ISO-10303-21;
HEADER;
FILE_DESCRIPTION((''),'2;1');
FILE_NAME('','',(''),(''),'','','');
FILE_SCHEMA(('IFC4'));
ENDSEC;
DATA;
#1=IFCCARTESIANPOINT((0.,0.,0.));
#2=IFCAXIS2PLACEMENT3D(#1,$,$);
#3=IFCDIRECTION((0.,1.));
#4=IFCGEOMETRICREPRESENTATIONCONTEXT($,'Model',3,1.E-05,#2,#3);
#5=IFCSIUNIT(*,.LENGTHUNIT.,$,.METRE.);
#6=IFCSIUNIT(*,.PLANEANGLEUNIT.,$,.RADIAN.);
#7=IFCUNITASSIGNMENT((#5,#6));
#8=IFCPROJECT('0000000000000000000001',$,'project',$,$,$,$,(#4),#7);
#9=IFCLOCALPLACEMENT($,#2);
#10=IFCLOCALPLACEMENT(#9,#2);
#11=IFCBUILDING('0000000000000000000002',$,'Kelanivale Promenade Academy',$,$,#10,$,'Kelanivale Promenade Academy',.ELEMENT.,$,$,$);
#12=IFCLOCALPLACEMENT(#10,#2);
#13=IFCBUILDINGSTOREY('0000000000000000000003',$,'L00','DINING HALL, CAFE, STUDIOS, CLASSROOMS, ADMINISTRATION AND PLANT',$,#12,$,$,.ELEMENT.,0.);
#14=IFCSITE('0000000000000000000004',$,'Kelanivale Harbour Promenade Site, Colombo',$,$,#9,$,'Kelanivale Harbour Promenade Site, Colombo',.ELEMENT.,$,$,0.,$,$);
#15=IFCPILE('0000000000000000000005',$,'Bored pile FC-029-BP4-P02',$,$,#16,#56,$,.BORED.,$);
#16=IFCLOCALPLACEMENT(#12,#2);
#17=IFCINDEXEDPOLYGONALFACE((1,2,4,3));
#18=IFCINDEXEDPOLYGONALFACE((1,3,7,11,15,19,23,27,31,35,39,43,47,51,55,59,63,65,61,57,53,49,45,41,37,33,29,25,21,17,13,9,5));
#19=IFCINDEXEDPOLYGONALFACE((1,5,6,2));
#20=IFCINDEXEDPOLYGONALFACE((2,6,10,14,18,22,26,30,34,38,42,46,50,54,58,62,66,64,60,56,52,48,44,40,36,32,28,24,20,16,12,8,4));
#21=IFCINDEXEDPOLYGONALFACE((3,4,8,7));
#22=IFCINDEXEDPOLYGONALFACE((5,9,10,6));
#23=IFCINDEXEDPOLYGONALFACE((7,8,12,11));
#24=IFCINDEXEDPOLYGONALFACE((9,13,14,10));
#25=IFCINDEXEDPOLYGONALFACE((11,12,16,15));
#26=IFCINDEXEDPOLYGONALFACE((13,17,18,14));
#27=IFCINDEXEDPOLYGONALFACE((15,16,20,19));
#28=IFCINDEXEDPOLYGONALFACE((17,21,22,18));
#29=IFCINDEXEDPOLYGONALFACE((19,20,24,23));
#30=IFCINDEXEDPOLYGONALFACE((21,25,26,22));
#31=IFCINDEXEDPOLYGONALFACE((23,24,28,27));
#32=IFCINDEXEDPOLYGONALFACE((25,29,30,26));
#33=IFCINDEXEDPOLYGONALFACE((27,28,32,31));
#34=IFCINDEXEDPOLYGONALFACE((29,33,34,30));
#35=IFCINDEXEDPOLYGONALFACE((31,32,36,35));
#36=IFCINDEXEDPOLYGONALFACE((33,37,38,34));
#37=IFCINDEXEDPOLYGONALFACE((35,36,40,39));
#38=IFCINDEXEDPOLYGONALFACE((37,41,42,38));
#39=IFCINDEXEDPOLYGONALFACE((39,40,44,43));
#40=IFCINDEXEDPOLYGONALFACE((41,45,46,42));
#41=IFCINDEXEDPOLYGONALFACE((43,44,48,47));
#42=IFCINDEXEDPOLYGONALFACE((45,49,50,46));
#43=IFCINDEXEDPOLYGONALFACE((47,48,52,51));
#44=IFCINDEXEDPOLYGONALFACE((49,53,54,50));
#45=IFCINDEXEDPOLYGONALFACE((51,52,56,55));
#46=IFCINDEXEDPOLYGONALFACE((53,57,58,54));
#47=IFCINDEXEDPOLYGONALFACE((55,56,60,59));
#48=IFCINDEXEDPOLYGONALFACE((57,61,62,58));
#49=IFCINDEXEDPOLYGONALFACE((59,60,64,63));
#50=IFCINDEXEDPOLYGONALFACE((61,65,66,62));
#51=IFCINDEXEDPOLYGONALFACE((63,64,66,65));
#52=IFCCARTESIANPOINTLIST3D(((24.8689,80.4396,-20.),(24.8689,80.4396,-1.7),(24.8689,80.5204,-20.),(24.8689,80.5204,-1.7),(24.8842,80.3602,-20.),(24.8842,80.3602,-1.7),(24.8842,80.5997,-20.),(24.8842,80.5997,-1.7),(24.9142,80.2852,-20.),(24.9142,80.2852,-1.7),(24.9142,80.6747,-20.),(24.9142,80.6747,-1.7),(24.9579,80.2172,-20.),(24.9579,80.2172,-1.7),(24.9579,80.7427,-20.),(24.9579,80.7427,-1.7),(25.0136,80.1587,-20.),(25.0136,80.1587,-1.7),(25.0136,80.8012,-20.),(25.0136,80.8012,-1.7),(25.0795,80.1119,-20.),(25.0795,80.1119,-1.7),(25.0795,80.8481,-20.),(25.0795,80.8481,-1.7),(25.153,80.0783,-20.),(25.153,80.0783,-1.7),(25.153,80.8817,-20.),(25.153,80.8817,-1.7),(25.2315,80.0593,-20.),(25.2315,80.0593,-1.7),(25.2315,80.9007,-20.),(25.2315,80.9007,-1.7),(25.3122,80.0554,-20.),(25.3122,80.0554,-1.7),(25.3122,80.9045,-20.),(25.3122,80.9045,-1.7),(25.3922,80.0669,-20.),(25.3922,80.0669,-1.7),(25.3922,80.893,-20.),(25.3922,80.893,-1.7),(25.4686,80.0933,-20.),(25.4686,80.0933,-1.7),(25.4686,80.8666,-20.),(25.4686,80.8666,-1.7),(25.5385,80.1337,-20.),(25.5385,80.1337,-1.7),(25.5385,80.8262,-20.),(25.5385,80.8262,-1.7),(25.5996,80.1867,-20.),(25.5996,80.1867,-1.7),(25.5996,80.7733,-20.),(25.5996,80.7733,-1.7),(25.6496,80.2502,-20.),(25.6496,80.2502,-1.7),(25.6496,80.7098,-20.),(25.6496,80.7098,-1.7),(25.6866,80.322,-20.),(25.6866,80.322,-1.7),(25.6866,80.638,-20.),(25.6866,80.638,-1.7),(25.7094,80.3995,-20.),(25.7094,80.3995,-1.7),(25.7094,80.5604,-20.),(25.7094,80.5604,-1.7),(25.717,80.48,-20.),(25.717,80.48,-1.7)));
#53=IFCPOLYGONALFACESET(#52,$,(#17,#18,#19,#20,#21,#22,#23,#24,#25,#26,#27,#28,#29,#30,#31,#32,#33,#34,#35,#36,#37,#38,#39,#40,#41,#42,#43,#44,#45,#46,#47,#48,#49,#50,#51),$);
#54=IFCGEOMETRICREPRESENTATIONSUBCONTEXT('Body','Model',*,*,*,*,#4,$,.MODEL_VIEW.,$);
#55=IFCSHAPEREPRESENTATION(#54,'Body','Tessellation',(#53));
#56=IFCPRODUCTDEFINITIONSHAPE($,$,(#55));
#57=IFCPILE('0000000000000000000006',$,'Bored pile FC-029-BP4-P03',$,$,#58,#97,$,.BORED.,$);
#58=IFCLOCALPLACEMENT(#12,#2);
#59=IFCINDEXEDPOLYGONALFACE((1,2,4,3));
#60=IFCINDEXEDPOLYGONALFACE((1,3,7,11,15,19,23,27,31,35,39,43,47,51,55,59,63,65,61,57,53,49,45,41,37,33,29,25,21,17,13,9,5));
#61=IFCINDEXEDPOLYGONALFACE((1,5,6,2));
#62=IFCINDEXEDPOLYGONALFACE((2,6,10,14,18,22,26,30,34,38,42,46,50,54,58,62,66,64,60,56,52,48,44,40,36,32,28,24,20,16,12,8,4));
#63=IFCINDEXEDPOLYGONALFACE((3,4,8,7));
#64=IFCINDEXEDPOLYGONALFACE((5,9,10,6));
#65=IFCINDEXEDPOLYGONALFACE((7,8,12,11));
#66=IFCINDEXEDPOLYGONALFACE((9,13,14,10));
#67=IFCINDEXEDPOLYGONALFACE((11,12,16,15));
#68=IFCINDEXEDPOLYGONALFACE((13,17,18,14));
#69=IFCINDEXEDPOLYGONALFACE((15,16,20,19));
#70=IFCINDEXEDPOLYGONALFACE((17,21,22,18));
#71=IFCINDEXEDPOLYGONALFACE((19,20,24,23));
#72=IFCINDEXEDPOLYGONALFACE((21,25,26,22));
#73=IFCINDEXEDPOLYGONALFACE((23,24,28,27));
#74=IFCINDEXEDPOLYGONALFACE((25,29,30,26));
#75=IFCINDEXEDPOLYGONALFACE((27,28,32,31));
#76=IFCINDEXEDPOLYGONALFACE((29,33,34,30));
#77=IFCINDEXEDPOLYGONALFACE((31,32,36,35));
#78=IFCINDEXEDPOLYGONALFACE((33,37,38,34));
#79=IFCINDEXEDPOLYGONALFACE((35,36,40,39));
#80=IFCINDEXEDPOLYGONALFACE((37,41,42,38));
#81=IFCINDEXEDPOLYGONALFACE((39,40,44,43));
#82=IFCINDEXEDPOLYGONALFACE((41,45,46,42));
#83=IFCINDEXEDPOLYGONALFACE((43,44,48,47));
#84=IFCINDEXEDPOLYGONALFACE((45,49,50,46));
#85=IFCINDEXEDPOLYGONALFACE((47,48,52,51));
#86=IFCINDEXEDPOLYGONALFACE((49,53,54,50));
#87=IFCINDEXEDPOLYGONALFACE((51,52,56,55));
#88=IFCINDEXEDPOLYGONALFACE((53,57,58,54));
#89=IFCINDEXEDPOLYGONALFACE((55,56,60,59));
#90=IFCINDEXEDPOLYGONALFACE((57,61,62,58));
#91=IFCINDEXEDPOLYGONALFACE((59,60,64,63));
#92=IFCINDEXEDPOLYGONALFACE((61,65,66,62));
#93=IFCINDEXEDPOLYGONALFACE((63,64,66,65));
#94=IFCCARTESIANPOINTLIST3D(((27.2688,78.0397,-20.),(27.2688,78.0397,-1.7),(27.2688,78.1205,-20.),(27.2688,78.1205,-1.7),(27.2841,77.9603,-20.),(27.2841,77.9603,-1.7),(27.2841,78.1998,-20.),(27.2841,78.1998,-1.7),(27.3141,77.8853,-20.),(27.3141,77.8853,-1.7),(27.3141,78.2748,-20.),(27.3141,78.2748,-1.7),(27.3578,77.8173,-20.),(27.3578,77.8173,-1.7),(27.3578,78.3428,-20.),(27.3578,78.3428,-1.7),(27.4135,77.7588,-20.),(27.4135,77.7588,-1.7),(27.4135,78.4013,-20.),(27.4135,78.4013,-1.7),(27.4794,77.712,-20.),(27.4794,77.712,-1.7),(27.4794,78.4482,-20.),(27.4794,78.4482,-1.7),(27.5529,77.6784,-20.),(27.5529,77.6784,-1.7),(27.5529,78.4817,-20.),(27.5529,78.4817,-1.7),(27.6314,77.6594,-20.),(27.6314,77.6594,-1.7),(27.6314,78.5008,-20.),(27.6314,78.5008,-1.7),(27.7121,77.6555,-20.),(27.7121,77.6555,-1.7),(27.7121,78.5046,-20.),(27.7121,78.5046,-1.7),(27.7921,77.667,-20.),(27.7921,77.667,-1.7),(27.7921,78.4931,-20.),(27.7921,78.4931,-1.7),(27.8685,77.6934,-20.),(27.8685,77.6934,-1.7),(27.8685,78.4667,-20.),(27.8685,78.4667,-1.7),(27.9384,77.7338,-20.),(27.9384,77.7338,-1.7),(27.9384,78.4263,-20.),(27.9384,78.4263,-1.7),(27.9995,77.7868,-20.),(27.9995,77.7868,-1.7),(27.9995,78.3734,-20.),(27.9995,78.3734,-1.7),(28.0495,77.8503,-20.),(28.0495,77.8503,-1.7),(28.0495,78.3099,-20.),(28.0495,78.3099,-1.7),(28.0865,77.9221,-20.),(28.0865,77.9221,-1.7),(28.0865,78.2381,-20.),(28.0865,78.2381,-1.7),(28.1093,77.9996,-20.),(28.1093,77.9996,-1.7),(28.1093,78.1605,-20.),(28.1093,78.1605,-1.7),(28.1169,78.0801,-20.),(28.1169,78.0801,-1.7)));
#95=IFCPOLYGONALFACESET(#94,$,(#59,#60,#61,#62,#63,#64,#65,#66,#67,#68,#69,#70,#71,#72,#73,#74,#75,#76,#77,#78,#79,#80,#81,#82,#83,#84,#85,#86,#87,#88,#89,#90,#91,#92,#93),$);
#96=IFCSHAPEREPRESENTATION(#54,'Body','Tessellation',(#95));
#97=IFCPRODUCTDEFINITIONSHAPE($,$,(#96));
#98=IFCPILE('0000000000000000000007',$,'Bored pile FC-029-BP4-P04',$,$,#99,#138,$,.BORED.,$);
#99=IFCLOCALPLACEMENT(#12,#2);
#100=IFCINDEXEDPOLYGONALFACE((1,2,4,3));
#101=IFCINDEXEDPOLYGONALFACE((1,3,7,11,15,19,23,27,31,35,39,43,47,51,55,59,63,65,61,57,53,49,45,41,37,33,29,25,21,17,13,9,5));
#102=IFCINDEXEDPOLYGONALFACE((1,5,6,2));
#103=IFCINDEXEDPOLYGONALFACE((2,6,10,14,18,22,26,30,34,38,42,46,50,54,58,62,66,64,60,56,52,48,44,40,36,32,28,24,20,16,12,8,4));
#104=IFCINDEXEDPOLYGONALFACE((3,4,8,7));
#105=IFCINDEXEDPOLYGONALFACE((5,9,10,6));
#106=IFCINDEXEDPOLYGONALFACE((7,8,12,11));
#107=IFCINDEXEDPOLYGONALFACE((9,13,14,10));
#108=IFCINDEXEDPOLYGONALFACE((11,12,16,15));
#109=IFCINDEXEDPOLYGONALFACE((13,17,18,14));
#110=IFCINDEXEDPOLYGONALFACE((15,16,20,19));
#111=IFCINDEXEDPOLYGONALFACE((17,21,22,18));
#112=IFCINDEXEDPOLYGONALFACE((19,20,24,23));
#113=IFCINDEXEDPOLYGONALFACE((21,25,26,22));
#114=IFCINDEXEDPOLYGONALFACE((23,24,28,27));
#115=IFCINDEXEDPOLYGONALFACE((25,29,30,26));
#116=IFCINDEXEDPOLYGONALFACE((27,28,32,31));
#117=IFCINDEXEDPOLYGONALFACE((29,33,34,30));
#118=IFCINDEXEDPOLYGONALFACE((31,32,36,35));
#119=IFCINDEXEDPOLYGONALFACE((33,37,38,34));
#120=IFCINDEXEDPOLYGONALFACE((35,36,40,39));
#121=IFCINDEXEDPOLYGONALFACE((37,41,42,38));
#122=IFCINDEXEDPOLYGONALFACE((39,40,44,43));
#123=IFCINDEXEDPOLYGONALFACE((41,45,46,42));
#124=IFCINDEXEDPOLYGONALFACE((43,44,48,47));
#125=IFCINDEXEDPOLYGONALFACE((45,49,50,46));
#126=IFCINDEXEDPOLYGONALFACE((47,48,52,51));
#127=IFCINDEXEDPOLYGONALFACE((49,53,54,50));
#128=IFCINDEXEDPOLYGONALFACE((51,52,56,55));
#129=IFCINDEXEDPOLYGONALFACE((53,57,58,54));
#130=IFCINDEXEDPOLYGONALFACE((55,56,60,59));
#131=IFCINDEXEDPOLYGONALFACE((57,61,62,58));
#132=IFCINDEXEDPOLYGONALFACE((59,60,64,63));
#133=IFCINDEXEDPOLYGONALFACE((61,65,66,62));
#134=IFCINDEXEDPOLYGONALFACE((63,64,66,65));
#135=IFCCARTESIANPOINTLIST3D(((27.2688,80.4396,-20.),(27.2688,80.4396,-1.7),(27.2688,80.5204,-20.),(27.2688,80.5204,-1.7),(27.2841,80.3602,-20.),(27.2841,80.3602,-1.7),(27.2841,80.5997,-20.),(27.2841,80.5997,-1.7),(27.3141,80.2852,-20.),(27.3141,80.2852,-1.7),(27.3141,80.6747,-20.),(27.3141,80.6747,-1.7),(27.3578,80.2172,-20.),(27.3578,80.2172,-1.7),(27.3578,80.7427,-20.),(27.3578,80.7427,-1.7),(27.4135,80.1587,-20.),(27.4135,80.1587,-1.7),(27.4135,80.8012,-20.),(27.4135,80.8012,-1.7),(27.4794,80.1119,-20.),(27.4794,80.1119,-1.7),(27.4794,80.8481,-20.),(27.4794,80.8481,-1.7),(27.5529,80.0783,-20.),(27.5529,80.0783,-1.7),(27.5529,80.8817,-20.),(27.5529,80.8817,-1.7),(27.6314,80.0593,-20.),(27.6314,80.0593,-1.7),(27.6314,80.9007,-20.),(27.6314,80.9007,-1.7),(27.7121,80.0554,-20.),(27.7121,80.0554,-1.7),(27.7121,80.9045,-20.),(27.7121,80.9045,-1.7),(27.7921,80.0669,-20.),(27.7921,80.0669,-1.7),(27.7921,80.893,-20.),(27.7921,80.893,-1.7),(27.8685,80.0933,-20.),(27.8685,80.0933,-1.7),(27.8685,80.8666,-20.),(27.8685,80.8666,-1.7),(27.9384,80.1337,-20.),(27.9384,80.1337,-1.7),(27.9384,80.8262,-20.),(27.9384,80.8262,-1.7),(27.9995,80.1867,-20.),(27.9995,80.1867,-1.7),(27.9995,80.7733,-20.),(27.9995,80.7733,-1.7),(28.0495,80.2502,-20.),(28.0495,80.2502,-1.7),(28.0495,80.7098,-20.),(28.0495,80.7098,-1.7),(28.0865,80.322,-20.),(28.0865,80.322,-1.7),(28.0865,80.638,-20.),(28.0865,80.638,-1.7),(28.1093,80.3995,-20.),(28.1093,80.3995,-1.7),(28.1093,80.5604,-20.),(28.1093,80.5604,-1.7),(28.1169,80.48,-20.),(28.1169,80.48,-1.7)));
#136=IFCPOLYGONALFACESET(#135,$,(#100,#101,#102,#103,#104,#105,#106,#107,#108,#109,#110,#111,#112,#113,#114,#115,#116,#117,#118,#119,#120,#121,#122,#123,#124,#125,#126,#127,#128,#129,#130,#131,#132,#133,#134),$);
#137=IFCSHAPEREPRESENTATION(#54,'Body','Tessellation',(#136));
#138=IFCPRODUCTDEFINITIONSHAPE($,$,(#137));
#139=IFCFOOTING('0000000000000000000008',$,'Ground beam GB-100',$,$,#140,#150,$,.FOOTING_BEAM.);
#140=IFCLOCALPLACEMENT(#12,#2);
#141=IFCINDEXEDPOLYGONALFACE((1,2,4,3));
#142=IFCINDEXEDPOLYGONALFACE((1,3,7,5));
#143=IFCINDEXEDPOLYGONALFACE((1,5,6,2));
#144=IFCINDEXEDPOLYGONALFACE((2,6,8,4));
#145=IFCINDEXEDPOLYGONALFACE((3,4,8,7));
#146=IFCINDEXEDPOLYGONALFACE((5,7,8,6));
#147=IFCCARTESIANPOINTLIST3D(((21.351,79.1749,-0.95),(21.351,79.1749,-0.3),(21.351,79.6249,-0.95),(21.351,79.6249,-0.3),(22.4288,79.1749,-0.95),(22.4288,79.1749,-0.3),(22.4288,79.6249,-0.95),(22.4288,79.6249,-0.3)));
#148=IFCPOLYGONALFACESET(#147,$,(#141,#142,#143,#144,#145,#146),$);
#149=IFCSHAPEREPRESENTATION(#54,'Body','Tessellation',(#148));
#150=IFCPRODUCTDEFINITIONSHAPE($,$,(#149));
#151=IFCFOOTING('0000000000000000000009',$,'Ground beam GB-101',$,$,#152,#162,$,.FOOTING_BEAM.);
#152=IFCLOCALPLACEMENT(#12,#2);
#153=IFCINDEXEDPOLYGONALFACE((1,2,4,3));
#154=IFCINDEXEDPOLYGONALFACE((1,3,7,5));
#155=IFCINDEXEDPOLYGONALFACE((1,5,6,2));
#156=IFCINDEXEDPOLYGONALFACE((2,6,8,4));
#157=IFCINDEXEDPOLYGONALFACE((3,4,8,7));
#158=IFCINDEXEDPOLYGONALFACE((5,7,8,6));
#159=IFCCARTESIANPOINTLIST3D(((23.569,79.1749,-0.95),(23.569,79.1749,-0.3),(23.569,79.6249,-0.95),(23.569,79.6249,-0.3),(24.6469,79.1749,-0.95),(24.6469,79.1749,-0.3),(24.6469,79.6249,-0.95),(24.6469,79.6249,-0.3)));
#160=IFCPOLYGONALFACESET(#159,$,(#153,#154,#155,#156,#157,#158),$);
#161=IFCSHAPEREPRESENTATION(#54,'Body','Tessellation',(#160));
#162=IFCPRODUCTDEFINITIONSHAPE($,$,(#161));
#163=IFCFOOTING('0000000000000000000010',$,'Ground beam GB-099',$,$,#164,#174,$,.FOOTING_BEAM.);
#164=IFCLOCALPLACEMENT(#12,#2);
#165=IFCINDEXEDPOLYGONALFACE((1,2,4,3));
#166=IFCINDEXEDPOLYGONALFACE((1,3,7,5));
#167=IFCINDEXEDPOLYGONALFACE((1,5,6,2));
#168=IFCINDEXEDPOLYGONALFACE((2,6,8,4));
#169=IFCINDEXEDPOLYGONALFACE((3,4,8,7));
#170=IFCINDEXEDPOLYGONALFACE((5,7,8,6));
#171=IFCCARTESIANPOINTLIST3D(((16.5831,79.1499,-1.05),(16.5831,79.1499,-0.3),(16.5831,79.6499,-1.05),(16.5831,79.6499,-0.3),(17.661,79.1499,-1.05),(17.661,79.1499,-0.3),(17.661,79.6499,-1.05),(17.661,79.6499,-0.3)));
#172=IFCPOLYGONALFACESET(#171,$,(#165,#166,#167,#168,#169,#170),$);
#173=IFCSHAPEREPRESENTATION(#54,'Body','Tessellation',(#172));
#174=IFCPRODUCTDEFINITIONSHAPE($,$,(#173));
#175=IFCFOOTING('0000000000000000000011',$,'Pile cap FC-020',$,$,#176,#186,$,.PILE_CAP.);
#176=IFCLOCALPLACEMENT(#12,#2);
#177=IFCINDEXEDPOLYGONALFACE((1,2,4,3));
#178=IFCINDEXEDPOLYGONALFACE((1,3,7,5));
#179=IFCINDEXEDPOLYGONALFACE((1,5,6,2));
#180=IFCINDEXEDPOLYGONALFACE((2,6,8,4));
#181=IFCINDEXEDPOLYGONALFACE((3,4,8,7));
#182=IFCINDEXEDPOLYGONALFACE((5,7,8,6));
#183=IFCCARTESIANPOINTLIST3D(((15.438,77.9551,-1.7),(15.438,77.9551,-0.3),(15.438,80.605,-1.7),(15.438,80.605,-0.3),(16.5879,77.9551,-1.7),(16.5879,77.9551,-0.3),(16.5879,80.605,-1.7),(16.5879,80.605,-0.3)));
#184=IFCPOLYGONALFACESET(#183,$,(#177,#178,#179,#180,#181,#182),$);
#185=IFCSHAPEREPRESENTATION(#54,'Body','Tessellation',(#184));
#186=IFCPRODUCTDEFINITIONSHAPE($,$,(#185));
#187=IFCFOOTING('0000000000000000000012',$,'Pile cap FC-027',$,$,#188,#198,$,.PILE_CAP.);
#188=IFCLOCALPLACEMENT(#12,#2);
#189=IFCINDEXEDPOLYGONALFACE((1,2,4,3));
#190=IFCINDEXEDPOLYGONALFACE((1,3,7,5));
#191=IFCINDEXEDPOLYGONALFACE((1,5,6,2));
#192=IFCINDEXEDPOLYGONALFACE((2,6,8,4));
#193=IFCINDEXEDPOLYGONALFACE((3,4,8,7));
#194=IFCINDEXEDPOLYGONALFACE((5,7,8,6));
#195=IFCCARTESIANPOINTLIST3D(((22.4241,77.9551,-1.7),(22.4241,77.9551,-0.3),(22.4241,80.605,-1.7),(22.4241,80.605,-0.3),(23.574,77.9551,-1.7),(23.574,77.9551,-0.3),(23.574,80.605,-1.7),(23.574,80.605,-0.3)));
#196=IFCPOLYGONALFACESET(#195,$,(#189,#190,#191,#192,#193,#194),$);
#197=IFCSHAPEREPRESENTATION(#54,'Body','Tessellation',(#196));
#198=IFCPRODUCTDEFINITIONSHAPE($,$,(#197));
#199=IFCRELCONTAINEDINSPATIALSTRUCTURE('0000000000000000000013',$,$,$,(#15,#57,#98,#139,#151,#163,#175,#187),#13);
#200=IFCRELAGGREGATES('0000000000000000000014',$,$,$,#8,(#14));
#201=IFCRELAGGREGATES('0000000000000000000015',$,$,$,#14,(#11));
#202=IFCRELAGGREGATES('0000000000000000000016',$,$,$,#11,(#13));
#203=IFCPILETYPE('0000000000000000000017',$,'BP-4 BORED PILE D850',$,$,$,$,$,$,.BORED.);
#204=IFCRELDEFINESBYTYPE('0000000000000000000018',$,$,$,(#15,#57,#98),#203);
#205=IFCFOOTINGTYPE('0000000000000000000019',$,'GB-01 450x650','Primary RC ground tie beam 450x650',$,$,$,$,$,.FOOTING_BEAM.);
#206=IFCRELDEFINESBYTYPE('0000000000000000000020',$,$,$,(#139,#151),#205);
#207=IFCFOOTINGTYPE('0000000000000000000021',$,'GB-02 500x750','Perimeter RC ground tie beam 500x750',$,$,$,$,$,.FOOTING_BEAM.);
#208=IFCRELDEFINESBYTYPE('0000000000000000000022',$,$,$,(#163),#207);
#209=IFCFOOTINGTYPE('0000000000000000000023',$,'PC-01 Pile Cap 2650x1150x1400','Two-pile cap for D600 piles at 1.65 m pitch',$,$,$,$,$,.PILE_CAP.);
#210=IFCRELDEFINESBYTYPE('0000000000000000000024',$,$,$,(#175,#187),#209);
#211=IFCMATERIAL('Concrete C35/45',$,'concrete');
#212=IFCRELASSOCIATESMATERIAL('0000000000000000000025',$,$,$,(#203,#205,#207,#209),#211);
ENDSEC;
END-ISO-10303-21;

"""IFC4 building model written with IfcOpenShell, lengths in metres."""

from ifc_helpers import new_model, si_unit, direction, frame, origin, origin_2d, place, context, subcontext, project, spatial, rectangle, circle, extrude, material, material_profile, profile_set, type_object, element, save


model = new_model("IFC4")

# Units and contexts
model_context = context("Model", 3, precision=1e-05, world=origin(), true_north=direction((0.0, 1.0)))
body_context = subcontext(model_context, "Body", "Model", "MODEL_VIEW")
ifc_project = project(units=[si_unit("LENGTHUNIT", "METRE"), si_unit("PLANEANGLEUNIT", "RADIAN")], contexts=[model_context])

# Site, building, storey
site_placement = place(None, origin())
site = spatial("IfcSite", under=ifc_project, at=site_placement, Name="Kelanivale Harbour Promenade Site, Colombo", LongName="Kelanivale Harbour Promenade Site, Colombo", CompositionType="ELEMENT", RefElevation=0.0)
building_placement = place(site_placement, origin())
building = spatial("IfcBuilding", under=site, at=building_placement, Name="Kelanivale Promenade Academy", LongName="Kelanivale Promenade Academy", CompositionType="ELEMENT")
storey_placement = place(building_placement, origin())
storey = spatial("IfcBuildingStorey", under=building, at=storey_placement, Name="L00", Description="DINING HALL, CAFE, STUDIOS, CLASSROOMS, ADMINISTRATION AND PLANT", CompositionType="ELEMENT", Elevation=0.0)

# Piles
ifc_material_1 = material(Name="Concrete C35/45", Category="concrete")
ifc_material_profile_1 = material_profile(ifc_material_1, circle(Radius=0.425, at=origin_2d()), Name="BORED PILE D850")
ifc_profile_set_1 = profile_set([ifc_material_profile_1], Name="Concrete C35/45")
pile_type_1 = type_object("IfcPileType", Name="BP-4 BORED PILE D850", PredefinedType="BORED", material=ifc_profile_set_1)
for number, where, z_axis, x_axis, name in (
    (1, (25.292, 80.48, -1.7), (0.0, 0.0, -1.0), (1.0, 0.0, 0.0), "Bored pile FC-029-BP4-P02"),
    (2, (27.6919, 78.0801, -1.7), (0.0, 0.0, -1.0), (1.0, 0.0, 0.0), "Bored pile FC-029-BP4-P03"),
    (3, (27.6919, 80.48, -1.7), (0.0, 0.0, -1.0), (1.0, 0.0, 0.0), "Bored pile FC-029-BP4-P04"),
):
    element("IfcPile", number, at=place(storey_placement, frame(where, z_axis=z_axis, x_axis=x_axis)), inside=storey, type_object=pile_type_1, Name=name, PredefinedType="BORED", context=body_context, shape_type="SweptSolid", body=[
        extrude(circle(Radius=0.425, at=origin_2d()), origin(), (0.0, 0.0, 1.0), 18.3),
    ])

# Footings
footing_type_1 = type_object("IfcFootingType", Name="GB-01 450x650", Description="Primary RC ground tie beam 450x650", PredefinedType="FOOTING_BEAM", material=ifc_material_1)
for number, where, z_axis, x_axis, name in (
    (4, (21.8899, 79.3999, -0.95), (0.0, 0.0, 1.0), (1.0, 0.0, 0.0), "Ground beam GB-100"),
    (5, (24.1079, 79.3999, -0.95), (0.0, 0.0, 1.0), (1.0, 0.0, 0.0), "Ground beam GB-101"),
):
    element("IfcFooting", number, at=place(storey_placement, frame(where, z_axis=z_axis, x_axis=x_axis)), inside=storey, type_object=footing_type_1, Name=name, PredefinedType="FOOTING_BEAM", context=body_context, shape_type="SweptSolid", body=[
        extrude(rectangle(XDim=1.0779, YDim=0.45, at=origin_2d()), origin(), (0.0, 0.0, 1.0), 0.6499),
    ])
footing_type_2 = type_object("IfcFootingType", Name="GB-02 500x750", Description="Perimeter RC ground tie beam 500x750", PredefinedType="FOOTING_BEAM", material=ifc_material_1)
footing_1_placement = place(storey_placement, frame((17.1221, 79.3999, -1.05), z_axis=(0.0, 0.0, 1.0), x_axis=(1.0, 0.0, 0.0)))
element("IfcFooting", 6, at=footing_1_placement, inside=storey, type_object=footing_type_2, Name="Ground beam GB-099", PredefinedType="FOOTING_BEAM", context=body_context, shape_type="SweptSolid", body=[
    extrude(rectangle(XDim=1.0779, YDim=0.5, at=origin_2d()), origin(), (0.0, 0.0, 1.0), 0.75),
])
footing_type_3 = type_object("IfcFootingType", Name="PC-01 Pile Cap 2650x1150x1400", Description="Two-pile cap for D600 piles at 1.65 m pitch", PredefinedType="PILE_CAP", material=ifc_material_1)
for number, where, z_axis, x_axis, name in (
    (7, (16.0129, 79.28, -1.7), (0.0, 0.0, 1.0), (0.0, 1.0, 0.0), "Pile cap FC-020"),
    (8, (22.999, 79.28, -1.7), (0.0, 0.0, 1.0), (0.0, 1.0, 0.0), "Pile cap FC-027"),
):
    element("IfcFooting", number, at=place(storey_placement, frame(where, z_axis=z_axis, x_axis=x_axis)), inside=storey, type_object=footing_type_3, Name=name, PredefinedType="PILE_CAP", context=body_context, shape_type="SweptSolid", body=[
        extrude(rectangle(XDim=2.6499, YDim=1.1499, at=origin_2d()), origin(), (0.0, 0.0, 1.0), 1.3999),
    ])

save(model, "model.ifc")
